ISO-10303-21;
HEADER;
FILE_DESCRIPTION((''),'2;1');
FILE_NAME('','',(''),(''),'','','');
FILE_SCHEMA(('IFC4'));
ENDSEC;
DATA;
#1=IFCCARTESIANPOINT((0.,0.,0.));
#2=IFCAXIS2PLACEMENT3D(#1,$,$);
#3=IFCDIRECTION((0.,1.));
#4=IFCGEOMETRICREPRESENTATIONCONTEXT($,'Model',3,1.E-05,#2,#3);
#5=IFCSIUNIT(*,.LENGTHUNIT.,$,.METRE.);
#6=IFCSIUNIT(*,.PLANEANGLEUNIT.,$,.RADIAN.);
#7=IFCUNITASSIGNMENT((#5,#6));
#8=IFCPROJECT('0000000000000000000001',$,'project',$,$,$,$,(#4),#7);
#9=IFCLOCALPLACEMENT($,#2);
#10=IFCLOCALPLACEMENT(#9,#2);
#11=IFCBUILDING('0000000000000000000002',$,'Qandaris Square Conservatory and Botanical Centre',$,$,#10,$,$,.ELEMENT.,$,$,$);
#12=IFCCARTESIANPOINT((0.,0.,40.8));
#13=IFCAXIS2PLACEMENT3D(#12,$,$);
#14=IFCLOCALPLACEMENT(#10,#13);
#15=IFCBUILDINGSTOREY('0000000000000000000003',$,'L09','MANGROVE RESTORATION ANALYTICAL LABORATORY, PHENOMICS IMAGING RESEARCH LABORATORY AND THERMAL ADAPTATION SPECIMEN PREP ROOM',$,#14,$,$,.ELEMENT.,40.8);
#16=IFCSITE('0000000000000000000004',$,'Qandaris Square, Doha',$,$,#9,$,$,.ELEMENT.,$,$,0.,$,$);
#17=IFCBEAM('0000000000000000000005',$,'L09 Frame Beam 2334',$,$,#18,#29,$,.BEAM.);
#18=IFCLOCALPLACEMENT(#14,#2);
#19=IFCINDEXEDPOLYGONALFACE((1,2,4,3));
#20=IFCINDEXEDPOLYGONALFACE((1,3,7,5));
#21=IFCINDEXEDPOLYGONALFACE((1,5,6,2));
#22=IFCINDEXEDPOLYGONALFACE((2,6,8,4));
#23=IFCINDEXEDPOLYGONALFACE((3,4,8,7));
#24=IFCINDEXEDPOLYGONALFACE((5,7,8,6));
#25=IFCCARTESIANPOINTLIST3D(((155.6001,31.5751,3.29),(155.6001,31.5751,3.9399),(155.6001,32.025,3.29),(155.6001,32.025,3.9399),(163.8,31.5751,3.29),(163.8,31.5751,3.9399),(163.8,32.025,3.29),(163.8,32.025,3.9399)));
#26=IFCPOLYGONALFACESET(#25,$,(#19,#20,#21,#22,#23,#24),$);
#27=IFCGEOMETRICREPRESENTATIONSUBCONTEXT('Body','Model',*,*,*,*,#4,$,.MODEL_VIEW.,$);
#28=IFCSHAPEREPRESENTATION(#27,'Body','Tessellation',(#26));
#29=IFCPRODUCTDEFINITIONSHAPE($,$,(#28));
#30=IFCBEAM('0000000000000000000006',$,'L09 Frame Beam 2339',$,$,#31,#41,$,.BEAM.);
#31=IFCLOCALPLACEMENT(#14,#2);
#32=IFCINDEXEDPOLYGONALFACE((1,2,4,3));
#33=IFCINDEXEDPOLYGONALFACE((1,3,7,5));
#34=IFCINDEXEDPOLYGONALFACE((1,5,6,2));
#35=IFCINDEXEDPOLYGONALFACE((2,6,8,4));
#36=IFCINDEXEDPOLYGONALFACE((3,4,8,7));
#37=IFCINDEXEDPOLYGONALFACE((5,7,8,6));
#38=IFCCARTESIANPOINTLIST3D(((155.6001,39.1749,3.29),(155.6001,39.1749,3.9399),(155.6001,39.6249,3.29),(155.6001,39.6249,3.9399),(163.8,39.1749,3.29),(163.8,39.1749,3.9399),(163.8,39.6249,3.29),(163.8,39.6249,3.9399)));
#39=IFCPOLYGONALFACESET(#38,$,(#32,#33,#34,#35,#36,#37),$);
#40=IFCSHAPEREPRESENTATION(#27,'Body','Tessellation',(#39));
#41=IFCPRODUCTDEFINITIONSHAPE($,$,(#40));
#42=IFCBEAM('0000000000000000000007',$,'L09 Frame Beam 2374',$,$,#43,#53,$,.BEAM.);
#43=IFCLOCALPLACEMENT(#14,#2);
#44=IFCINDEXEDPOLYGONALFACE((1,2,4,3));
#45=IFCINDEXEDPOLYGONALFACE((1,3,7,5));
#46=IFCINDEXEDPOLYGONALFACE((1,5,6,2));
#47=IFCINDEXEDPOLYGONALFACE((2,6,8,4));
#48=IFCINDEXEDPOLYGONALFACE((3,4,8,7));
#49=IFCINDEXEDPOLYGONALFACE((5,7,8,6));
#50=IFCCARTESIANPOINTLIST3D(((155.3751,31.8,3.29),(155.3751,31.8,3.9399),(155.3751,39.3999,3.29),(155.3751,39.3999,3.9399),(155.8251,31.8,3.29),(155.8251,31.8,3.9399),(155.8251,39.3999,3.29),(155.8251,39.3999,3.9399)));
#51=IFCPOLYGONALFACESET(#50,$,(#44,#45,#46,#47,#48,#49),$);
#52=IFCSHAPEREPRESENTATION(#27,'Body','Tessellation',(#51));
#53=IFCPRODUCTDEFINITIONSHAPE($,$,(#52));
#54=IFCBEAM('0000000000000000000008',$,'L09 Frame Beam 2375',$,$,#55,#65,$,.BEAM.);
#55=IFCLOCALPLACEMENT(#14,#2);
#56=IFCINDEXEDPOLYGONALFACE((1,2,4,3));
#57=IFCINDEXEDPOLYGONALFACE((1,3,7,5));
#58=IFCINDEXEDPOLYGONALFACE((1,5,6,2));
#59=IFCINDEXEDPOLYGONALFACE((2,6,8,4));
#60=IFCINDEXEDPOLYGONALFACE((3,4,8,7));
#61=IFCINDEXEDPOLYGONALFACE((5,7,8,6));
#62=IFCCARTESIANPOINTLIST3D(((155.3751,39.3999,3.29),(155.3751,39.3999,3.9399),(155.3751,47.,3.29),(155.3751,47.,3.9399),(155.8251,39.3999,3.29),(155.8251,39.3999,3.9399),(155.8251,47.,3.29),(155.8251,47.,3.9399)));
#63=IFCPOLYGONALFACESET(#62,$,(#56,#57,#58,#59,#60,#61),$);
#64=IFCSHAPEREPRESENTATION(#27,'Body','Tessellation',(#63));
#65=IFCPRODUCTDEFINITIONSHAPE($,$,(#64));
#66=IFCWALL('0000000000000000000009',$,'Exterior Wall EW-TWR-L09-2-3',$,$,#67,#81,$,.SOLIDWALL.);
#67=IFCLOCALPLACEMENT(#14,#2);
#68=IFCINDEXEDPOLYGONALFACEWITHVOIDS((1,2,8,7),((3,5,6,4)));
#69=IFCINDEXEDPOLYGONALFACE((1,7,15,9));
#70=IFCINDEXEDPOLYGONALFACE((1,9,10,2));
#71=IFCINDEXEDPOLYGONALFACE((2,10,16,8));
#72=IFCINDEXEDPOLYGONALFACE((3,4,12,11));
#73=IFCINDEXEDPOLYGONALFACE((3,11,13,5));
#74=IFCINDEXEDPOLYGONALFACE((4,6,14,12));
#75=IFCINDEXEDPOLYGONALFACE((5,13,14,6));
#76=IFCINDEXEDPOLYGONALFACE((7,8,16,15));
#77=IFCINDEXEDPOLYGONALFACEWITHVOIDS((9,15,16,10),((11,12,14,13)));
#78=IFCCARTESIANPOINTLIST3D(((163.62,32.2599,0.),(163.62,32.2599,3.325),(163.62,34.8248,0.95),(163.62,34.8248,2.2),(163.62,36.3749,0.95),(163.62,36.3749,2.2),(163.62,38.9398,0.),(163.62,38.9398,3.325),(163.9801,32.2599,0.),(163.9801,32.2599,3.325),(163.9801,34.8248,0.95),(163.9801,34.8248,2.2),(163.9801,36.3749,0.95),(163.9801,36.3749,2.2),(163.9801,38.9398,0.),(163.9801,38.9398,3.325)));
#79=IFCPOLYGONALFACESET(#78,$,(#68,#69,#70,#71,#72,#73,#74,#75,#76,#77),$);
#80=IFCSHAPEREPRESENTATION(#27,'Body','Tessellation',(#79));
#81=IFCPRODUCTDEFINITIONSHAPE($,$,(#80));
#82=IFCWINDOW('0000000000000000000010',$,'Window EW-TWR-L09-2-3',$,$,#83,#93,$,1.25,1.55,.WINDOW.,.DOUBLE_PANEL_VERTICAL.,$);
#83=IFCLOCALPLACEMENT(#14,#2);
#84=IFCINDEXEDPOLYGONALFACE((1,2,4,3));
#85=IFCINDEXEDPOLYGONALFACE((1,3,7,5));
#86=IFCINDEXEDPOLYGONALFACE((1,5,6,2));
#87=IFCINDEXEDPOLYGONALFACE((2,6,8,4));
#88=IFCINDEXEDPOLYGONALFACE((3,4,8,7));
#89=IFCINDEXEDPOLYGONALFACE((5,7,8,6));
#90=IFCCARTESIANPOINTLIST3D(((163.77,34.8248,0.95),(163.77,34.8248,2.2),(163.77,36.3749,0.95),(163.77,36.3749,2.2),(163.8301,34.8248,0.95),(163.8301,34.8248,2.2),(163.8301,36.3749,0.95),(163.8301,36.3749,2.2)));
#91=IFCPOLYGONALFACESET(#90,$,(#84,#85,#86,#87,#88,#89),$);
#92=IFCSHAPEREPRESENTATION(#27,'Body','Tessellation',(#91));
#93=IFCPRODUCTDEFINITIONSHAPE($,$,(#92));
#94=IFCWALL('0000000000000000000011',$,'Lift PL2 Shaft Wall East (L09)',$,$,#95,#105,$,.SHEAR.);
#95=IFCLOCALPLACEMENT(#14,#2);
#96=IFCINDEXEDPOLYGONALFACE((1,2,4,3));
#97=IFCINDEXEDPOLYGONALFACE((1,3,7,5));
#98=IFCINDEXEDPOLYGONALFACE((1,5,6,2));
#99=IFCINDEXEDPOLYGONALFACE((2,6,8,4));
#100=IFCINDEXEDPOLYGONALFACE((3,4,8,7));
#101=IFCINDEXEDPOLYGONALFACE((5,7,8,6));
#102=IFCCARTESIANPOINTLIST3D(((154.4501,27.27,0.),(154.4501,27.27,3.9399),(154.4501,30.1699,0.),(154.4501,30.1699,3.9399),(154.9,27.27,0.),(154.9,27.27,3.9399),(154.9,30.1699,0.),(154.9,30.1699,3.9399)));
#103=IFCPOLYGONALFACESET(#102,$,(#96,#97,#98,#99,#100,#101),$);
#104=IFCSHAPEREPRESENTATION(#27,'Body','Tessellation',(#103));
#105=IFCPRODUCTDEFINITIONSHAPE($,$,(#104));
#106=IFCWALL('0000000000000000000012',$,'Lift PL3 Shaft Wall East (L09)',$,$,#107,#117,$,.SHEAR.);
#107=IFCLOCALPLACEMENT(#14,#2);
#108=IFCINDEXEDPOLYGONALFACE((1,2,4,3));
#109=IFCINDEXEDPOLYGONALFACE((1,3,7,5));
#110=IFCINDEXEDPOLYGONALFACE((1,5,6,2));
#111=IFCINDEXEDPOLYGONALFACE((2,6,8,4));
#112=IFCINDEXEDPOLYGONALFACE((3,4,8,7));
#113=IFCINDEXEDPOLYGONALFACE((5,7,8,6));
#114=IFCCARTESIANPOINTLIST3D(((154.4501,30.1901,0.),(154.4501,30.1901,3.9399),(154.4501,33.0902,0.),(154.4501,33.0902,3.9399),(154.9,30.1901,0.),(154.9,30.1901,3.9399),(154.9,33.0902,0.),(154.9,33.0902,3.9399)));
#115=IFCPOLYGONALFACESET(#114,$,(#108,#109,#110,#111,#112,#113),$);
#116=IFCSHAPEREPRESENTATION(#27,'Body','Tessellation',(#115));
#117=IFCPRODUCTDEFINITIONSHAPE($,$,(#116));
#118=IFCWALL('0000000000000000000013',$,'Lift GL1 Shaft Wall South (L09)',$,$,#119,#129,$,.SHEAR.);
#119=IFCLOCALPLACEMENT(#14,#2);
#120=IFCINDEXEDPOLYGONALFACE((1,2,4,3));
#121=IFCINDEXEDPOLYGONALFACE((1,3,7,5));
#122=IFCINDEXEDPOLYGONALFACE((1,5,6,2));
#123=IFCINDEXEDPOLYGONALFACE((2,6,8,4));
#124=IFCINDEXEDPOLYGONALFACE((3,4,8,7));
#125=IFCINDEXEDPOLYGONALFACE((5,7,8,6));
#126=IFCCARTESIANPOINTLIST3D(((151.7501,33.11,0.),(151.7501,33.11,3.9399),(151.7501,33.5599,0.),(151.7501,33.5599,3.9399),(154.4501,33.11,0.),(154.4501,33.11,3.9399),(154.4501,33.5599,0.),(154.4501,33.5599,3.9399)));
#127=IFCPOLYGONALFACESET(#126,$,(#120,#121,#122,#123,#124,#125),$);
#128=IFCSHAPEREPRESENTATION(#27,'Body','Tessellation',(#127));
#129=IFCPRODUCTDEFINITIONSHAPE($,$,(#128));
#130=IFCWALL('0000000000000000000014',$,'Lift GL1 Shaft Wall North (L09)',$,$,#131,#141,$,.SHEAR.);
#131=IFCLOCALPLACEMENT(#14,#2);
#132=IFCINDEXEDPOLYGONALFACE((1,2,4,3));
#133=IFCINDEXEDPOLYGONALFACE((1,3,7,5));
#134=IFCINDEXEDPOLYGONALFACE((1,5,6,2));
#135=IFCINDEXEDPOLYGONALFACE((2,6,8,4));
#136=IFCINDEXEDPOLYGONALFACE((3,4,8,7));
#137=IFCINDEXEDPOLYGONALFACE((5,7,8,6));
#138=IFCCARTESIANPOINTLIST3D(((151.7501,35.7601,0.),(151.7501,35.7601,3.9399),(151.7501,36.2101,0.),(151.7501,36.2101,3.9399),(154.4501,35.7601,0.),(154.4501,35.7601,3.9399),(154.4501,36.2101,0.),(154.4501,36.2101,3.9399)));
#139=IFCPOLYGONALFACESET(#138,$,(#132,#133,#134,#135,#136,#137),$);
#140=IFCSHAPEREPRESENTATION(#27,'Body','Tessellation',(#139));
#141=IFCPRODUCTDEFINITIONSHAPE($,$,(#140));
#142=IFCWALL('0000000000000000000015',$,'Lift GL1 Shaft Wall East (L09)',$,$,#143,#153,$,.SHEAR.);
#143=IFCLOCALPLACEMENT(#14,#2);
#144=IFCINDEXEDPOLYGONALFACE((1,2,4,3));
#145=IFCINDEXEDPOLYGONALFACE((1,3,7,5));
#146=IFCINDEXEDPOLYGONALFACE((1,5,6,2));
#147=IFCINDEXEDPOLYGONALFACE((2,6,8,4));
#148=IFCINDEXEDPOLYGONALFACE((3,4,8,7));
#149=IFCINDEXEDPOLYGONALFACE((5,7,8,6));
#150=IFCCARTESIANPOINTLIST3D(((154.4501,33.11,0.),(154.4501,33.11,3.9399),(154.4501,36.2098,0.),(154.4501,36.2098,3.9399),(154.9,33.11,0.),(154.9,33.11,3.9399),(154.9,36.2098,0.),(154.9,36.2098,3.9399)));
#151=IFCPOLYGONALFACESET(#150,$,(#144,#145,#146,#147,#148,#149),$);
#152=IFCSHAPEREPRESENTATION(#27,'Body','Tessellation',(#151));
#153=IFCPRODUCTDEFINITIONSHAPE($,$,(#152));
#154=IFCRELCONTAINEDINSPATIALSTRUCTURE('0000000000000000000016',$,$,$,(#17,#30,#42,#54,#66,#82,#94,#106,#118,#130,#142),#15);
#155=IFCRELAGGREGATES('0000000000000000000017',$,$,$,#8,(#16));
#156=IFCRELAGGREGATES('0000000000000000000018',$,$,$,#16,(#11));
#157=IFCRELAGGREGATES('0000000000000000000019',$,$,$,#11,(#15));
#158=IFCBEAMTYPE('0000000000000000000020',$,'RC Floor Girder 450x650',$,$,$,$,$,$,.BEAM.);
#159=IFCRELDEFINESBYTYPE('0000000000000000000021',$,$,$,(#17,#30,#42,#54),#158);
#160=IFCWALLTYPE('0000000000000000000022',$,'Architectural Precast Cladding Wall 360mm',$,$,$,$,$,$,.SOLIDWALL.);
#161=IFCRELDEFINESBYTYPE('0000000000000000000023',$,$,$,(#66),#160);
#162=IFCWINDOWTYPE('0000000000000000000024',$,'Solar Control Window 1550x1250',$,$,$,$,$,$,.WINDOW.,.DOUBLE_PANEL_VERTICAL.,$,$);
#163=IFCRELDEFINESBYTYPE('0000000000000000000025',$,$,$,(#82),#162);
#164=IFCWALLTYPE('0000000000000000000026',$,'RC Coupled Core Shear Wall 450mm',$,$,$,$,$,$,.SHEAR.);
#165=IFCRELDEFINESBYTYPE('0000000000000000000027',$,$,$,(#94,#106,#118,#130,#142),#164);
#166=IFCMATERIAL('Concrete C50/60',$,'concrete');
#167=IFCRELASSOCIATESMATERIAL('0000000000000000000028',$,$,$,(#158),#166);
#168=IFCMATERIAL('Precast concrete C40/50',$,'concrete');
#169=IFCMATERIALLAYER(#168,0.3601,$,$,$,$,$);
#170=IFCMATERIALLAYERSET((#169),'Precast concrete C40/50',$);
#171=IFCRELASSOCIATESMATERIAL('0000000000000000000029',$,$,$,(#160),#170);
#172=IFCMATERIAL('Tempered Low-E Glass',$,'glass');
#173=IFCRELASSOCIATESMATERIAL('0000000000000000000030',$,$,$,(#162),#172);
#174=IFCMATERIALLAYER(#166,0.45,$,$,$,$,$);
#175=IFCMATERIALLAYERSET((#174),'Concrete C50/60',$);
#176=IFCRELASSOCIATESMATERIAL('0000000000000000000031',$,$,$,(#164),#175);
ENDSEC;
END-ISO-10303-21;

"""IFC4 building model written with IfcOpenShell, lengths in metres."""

from ifc_helpers import new_model, si_unit, direction, frame, frame_2d, origin, origin_2d, place, context, subcontext, project, spatial, rectangle, extrude, material, layer, layer_set, material_profile, profile_set, type_object, element, fill, save


model = new_model("IFC4")

# Units and contexts
model_context = context("Model", 3, precision=1e-05, world=origin(), true_north=direction((0.0, 1.0)))
body_context = subcontext(model_context, "Body", "Model", "MODEL_VIEW")
ifc_project = project(units=[si_unit("LENGTHUNIT", "METRE"), si_unit("PLANEANGLEUNIT", "RADIAN")], contexts=[model_context])

# Site, building, storey
site_placement = place(None, origin())
site = spatial("IfcSite", under=ifc_project, at=site_placement, Name="Qandaris Square, Doha", CompositionType="ELEMENT", RefElevation=0.0)
building_placement = place(site_placement, origin())
building = spatial("IfcBuilding", under=site, at=building_placement, Name="Qandaris Square Conservatory and Botanical Centre", CompositionType="ELEMENT")
storey_placement = place(building_placement, frame((0.0, 0.0, 40.8)))
storey = spatial("IfcBuildingStorey", under=building, at=storey_placement, Name="L09", Description="MANGROVE RESTORATION ANALYTICAL LABORATORY, PHENOMICS IMAGING RESEARCH LABORATORY AND THERMAL ADAPTATION SPECIMEN PREP ROOM", CompositionType="ELEMENT", Elevation=40.8)

# Shared definitions
ifc_material_1 = material(Name="Concrete C50/60", Category="concrete")

# Beams
ifc_material_profile_1 = material_profile(ifc_material_1, rectangle(XDim=0.45, YDim=0.6499, at=origin_2d()), Name="RC-BM 450x650")
ifc_profile_set_1 = profile_set([ifc_material_profile_1], Name="Concrete C50/60")
beam_type_1 = type_object("IfcBeamType", Name="RC Floor Girder 450x650", PredefinedType="BEAM", material=ifc_profile_set_1)
for number, where, z_axis, x_axis, name in (
    (1, (155.6001, 31.8, 3.615), (1.0, 0.0, 0.0), (0.0, 1.0, 0.0), "L09 Frame Beam 2334"),
    (2, (155.6001, 39.3999, 3.615), (1.0, 0.0, 0.0), (0.0, 1.0, 0.0), "L09 Frame Beam 2339"),
):
    element("IfcBeam", number, at=place(storey_placement, frame(where, z_axis=z_axis, x_axis=x_axis)), inside=storey, type_object=beam_type_1, Name=name, PredefinedType="BEAM", context=body_context, shape_type="SweptSolid", body=[
        extrude(rectangle(XDim=0.45, YDim=0.6499, at=origin_2d()), origin(), (0.0, 0.0, 1.0), 8.2),
    ])
beam_1_placement = place(storey_placement, frame((155.6001, 31.8, 3.615), z_axis=(0.0, 1.0, 0.0), x_axis=(-1.0, 0.0, 0.0)))
element("IfcBeam", 3, at=beam_1_placement, inside=storey, type_object=beam_type_1, Name="L09 Frame Beam 2374", PredefinedType="BEAM", context=body_context, shape_type="SweptSolid", body=[
    extrude(rectangle(XDim=0.45, YDim=0.6499, at=origin_2d()), origin(), (0.0, 0.0, 1.0), 7.5999),
])
beam_2_placement = place(storey_placement, frame((155.6001, 39.3999, 3.615), z_axis=(0.0, 1.0, 0.0), x_axis=(-1.0, 0.0, 0.0)))
element("IfcBeam", 4, at=beam_2_placement, inside=storey, type_object=beam_type_1, Name="L09 Frame Beam 2375", PredefinedType="BEAM", context=body_context, shape_type="SweptSolid", body=[
    extrude(rectangle(XDim=0.45, YDim=0.6499, at=origin_2d()), origin(), (0.0, 0.0, 1.0), 7.6001),
])

# Wall, opening, window
ifc_material_2 = material(Name="Precast concrete C40/50", Category="concrete")
ifc_layer_1 = layer(ifc_material_2, 0.3601)
ifc_layer_set_1 = layer_set([ifc_layer_1], Name="Precast concrete C40/50")
wall_type_1 = type_object("IfcWallType", Name="Architectural Precast Cladding Wall 360mm", PredefinedType="SOLIDWALL", material=ifc_layer_set_1)
wall_1_placement = place(storey_placement, frame((163.8, 32.26, 0.0), z_axis=(0.0, 0.0, 1.0), x_axis=(0.0, 1.0, 0.0)))
wall_1 = element("IfcWall", 5, at=wall_1_placement, inside=storey, type_object=wall_type_1, Name="Exterior Wall EW-TWR-L09-2-3", PredefinedType="SOLIDWALL", context=body_context, shape_type="SweptSolid", body=[
    extrude(rectangle(XDim=6.6799, YDim=0.3601, at=frame_2d((3.3398, 0.0))), origin(), (0.0, 0.0, 1.0), 3.325),
])
opening_placement = place(wall_1_placement, frame((2.5649, 0.0, 0.95)))
opening = element("IfcOpeningElement", 6, at=opening_placement, cuts=wall_1, PredefinedType="OPENING", context=body_context, shape_type="SweptSolid", body=[
    extrude(rectangle(XDim=1.55, YDim=1.25, at=frame_2d((0.7749, 0.625))), frame((0.0, 0.1919, 0.0), z_axis=(0.0, -1.0, 0.0), x_axis=(1.0, 0.0, 0.0)), (0.0, 0.0, 1.0), 0.384),
])
ifc_material_3 = material(Name="Tempered Low-E Glass", Category="glass")
window_type = type_object("IfcWindowType", Name="Solar Control Window 1550x1250", PartitioningType="DOUBLE_PANEL_VERTICAL", PredefinedType="WINDOW", material=ifc_material_3)
window_placement = place(opening_placement, origin())
window = element("IfcWindow", 7, at=window_placement, inside=storey, type_object=window_type, Name="Window EW-TWR-L09-2-3", OverallHeight=1.25, OverallWidth=1.55, PartitioningType="DOUBLE_PANEL_VERTICAL", PredefinedType="WINDOW", context=body_context, shape_type="SweptSolid", body=[
    extrude(rectangle(XDim=1.55, YDim=1.25, at=frame_2d((0.7749, 0.625))), frame((0.0, 0.03, 0.0), z_axis=(0.0, -1.0, 0.0), x_axis=(1.0, 0.0, 0.0)), (0.0, 0.0, 1.0), 0.0601),
])
fill(opening, window)

# Walls
ifc_layer_2 = layer(ifc_material_1, 0.45)
ifc_layer_set_2 = layer_set([ifc_layer_2], Name="Concrete C50/60")
wall_type_2 = type_object("IfcWallType", Name="RC Coupled Core Shear Wall 450mm", PredefinedType="SHEAR", material=ifc_layer_set_2)
wall_2_placement = place(storey_placement, frame((154.675, 27.27, 0.0), z_axis=(0.0, 0.0, 1.0), x_axis=(0.0, 1.0, 0.0)))
element("IfcWall", 8, at=wall_2_placement, inside=storey, type_object=wall_type_2, Name="Lift PL2 Shaft Wall East (L09)", PredefinedType="SHEAR", context=body_context, shape_type="SweptSolid", body=[
    extrude(rectangle(XDim=2.8999, YDim=0.45, at=frame_2d((1.45, 0.0))), origin(), (0.0, 0.0, 1.0), 3.9399),
])
wall_3_placement = place(storey_placement, frame((154.675, 30.1899, 0.0), z_axis=(0.0, 0.0, 1.0), x_axis=(0.0, 1.0, 0.0)))
element("IfcWall", 9, at=wall_3_placement, inside=storey, type_object=wall_type_2, Name="Lift PL3 Shaft Wall East (L09)", PredefinedType="SHEAR", context=body_context, shape_type="SweptSolid", body=[
    extrude(rectangle(XDim=2.9001, YDim=0.45, at=frame_2d((1.4502, 0.0))), origin(), (0.0, 0.0, 1.0), 3.9399),
])
for number, where, z_axis, x_axis, name in (
    (10, (151.75, 33.335, 0.0), (0.0, 0.0, 1.0), (1.0, 0.0, 0.0), "Lift GL1 Shaft Wall South (L09)"),
    (11, (151.75, 35.9851, 0.0), (0.0, 0.0, 1.0), (1.0, 0.0, 0.0), "Lift GL1 Shaft Wall North (L09)"),
):
    element("IfcWall", number, at=place(storey_placement, frame(where, z_axis=z_axis, x_axis=x_axis)), inside=storey, type_object=wall_type_2, Name=name, PredefinedType="SHEAR", context=body_context, shape_type="SweptSolid", body=[
        extrude(rectangle(XDim=2.7, YDim=0.45, at=frame_2d((1.3501, 0.0))), origin(), (0.0, 0.0, 1.0), 3.9399),
    ])
wall_4_placement = place(storey_placement, frame((154.675, 33.1101, 0.0), z_axis=(0.0, 0.0, 1.0), x_axis=(0.0, 1.0, 0.0)))
element("IfcWall", 12, at=wall_4_placement, inside=storey, type_object=wall_type_2, Name="Lift GL1 Shaft Wall East (L09)", PredefinedType="SHEAR", context=body_context, shape_type="SweptSolid", body=[
    extrude(rectangle(XDim=3.0999, YDim=0.45, at=frame_2d((1.5498, 0.0))), origin(), (0.0, 0.0, 1.0), 3.9399),
])

save(model, "model.ifc")
